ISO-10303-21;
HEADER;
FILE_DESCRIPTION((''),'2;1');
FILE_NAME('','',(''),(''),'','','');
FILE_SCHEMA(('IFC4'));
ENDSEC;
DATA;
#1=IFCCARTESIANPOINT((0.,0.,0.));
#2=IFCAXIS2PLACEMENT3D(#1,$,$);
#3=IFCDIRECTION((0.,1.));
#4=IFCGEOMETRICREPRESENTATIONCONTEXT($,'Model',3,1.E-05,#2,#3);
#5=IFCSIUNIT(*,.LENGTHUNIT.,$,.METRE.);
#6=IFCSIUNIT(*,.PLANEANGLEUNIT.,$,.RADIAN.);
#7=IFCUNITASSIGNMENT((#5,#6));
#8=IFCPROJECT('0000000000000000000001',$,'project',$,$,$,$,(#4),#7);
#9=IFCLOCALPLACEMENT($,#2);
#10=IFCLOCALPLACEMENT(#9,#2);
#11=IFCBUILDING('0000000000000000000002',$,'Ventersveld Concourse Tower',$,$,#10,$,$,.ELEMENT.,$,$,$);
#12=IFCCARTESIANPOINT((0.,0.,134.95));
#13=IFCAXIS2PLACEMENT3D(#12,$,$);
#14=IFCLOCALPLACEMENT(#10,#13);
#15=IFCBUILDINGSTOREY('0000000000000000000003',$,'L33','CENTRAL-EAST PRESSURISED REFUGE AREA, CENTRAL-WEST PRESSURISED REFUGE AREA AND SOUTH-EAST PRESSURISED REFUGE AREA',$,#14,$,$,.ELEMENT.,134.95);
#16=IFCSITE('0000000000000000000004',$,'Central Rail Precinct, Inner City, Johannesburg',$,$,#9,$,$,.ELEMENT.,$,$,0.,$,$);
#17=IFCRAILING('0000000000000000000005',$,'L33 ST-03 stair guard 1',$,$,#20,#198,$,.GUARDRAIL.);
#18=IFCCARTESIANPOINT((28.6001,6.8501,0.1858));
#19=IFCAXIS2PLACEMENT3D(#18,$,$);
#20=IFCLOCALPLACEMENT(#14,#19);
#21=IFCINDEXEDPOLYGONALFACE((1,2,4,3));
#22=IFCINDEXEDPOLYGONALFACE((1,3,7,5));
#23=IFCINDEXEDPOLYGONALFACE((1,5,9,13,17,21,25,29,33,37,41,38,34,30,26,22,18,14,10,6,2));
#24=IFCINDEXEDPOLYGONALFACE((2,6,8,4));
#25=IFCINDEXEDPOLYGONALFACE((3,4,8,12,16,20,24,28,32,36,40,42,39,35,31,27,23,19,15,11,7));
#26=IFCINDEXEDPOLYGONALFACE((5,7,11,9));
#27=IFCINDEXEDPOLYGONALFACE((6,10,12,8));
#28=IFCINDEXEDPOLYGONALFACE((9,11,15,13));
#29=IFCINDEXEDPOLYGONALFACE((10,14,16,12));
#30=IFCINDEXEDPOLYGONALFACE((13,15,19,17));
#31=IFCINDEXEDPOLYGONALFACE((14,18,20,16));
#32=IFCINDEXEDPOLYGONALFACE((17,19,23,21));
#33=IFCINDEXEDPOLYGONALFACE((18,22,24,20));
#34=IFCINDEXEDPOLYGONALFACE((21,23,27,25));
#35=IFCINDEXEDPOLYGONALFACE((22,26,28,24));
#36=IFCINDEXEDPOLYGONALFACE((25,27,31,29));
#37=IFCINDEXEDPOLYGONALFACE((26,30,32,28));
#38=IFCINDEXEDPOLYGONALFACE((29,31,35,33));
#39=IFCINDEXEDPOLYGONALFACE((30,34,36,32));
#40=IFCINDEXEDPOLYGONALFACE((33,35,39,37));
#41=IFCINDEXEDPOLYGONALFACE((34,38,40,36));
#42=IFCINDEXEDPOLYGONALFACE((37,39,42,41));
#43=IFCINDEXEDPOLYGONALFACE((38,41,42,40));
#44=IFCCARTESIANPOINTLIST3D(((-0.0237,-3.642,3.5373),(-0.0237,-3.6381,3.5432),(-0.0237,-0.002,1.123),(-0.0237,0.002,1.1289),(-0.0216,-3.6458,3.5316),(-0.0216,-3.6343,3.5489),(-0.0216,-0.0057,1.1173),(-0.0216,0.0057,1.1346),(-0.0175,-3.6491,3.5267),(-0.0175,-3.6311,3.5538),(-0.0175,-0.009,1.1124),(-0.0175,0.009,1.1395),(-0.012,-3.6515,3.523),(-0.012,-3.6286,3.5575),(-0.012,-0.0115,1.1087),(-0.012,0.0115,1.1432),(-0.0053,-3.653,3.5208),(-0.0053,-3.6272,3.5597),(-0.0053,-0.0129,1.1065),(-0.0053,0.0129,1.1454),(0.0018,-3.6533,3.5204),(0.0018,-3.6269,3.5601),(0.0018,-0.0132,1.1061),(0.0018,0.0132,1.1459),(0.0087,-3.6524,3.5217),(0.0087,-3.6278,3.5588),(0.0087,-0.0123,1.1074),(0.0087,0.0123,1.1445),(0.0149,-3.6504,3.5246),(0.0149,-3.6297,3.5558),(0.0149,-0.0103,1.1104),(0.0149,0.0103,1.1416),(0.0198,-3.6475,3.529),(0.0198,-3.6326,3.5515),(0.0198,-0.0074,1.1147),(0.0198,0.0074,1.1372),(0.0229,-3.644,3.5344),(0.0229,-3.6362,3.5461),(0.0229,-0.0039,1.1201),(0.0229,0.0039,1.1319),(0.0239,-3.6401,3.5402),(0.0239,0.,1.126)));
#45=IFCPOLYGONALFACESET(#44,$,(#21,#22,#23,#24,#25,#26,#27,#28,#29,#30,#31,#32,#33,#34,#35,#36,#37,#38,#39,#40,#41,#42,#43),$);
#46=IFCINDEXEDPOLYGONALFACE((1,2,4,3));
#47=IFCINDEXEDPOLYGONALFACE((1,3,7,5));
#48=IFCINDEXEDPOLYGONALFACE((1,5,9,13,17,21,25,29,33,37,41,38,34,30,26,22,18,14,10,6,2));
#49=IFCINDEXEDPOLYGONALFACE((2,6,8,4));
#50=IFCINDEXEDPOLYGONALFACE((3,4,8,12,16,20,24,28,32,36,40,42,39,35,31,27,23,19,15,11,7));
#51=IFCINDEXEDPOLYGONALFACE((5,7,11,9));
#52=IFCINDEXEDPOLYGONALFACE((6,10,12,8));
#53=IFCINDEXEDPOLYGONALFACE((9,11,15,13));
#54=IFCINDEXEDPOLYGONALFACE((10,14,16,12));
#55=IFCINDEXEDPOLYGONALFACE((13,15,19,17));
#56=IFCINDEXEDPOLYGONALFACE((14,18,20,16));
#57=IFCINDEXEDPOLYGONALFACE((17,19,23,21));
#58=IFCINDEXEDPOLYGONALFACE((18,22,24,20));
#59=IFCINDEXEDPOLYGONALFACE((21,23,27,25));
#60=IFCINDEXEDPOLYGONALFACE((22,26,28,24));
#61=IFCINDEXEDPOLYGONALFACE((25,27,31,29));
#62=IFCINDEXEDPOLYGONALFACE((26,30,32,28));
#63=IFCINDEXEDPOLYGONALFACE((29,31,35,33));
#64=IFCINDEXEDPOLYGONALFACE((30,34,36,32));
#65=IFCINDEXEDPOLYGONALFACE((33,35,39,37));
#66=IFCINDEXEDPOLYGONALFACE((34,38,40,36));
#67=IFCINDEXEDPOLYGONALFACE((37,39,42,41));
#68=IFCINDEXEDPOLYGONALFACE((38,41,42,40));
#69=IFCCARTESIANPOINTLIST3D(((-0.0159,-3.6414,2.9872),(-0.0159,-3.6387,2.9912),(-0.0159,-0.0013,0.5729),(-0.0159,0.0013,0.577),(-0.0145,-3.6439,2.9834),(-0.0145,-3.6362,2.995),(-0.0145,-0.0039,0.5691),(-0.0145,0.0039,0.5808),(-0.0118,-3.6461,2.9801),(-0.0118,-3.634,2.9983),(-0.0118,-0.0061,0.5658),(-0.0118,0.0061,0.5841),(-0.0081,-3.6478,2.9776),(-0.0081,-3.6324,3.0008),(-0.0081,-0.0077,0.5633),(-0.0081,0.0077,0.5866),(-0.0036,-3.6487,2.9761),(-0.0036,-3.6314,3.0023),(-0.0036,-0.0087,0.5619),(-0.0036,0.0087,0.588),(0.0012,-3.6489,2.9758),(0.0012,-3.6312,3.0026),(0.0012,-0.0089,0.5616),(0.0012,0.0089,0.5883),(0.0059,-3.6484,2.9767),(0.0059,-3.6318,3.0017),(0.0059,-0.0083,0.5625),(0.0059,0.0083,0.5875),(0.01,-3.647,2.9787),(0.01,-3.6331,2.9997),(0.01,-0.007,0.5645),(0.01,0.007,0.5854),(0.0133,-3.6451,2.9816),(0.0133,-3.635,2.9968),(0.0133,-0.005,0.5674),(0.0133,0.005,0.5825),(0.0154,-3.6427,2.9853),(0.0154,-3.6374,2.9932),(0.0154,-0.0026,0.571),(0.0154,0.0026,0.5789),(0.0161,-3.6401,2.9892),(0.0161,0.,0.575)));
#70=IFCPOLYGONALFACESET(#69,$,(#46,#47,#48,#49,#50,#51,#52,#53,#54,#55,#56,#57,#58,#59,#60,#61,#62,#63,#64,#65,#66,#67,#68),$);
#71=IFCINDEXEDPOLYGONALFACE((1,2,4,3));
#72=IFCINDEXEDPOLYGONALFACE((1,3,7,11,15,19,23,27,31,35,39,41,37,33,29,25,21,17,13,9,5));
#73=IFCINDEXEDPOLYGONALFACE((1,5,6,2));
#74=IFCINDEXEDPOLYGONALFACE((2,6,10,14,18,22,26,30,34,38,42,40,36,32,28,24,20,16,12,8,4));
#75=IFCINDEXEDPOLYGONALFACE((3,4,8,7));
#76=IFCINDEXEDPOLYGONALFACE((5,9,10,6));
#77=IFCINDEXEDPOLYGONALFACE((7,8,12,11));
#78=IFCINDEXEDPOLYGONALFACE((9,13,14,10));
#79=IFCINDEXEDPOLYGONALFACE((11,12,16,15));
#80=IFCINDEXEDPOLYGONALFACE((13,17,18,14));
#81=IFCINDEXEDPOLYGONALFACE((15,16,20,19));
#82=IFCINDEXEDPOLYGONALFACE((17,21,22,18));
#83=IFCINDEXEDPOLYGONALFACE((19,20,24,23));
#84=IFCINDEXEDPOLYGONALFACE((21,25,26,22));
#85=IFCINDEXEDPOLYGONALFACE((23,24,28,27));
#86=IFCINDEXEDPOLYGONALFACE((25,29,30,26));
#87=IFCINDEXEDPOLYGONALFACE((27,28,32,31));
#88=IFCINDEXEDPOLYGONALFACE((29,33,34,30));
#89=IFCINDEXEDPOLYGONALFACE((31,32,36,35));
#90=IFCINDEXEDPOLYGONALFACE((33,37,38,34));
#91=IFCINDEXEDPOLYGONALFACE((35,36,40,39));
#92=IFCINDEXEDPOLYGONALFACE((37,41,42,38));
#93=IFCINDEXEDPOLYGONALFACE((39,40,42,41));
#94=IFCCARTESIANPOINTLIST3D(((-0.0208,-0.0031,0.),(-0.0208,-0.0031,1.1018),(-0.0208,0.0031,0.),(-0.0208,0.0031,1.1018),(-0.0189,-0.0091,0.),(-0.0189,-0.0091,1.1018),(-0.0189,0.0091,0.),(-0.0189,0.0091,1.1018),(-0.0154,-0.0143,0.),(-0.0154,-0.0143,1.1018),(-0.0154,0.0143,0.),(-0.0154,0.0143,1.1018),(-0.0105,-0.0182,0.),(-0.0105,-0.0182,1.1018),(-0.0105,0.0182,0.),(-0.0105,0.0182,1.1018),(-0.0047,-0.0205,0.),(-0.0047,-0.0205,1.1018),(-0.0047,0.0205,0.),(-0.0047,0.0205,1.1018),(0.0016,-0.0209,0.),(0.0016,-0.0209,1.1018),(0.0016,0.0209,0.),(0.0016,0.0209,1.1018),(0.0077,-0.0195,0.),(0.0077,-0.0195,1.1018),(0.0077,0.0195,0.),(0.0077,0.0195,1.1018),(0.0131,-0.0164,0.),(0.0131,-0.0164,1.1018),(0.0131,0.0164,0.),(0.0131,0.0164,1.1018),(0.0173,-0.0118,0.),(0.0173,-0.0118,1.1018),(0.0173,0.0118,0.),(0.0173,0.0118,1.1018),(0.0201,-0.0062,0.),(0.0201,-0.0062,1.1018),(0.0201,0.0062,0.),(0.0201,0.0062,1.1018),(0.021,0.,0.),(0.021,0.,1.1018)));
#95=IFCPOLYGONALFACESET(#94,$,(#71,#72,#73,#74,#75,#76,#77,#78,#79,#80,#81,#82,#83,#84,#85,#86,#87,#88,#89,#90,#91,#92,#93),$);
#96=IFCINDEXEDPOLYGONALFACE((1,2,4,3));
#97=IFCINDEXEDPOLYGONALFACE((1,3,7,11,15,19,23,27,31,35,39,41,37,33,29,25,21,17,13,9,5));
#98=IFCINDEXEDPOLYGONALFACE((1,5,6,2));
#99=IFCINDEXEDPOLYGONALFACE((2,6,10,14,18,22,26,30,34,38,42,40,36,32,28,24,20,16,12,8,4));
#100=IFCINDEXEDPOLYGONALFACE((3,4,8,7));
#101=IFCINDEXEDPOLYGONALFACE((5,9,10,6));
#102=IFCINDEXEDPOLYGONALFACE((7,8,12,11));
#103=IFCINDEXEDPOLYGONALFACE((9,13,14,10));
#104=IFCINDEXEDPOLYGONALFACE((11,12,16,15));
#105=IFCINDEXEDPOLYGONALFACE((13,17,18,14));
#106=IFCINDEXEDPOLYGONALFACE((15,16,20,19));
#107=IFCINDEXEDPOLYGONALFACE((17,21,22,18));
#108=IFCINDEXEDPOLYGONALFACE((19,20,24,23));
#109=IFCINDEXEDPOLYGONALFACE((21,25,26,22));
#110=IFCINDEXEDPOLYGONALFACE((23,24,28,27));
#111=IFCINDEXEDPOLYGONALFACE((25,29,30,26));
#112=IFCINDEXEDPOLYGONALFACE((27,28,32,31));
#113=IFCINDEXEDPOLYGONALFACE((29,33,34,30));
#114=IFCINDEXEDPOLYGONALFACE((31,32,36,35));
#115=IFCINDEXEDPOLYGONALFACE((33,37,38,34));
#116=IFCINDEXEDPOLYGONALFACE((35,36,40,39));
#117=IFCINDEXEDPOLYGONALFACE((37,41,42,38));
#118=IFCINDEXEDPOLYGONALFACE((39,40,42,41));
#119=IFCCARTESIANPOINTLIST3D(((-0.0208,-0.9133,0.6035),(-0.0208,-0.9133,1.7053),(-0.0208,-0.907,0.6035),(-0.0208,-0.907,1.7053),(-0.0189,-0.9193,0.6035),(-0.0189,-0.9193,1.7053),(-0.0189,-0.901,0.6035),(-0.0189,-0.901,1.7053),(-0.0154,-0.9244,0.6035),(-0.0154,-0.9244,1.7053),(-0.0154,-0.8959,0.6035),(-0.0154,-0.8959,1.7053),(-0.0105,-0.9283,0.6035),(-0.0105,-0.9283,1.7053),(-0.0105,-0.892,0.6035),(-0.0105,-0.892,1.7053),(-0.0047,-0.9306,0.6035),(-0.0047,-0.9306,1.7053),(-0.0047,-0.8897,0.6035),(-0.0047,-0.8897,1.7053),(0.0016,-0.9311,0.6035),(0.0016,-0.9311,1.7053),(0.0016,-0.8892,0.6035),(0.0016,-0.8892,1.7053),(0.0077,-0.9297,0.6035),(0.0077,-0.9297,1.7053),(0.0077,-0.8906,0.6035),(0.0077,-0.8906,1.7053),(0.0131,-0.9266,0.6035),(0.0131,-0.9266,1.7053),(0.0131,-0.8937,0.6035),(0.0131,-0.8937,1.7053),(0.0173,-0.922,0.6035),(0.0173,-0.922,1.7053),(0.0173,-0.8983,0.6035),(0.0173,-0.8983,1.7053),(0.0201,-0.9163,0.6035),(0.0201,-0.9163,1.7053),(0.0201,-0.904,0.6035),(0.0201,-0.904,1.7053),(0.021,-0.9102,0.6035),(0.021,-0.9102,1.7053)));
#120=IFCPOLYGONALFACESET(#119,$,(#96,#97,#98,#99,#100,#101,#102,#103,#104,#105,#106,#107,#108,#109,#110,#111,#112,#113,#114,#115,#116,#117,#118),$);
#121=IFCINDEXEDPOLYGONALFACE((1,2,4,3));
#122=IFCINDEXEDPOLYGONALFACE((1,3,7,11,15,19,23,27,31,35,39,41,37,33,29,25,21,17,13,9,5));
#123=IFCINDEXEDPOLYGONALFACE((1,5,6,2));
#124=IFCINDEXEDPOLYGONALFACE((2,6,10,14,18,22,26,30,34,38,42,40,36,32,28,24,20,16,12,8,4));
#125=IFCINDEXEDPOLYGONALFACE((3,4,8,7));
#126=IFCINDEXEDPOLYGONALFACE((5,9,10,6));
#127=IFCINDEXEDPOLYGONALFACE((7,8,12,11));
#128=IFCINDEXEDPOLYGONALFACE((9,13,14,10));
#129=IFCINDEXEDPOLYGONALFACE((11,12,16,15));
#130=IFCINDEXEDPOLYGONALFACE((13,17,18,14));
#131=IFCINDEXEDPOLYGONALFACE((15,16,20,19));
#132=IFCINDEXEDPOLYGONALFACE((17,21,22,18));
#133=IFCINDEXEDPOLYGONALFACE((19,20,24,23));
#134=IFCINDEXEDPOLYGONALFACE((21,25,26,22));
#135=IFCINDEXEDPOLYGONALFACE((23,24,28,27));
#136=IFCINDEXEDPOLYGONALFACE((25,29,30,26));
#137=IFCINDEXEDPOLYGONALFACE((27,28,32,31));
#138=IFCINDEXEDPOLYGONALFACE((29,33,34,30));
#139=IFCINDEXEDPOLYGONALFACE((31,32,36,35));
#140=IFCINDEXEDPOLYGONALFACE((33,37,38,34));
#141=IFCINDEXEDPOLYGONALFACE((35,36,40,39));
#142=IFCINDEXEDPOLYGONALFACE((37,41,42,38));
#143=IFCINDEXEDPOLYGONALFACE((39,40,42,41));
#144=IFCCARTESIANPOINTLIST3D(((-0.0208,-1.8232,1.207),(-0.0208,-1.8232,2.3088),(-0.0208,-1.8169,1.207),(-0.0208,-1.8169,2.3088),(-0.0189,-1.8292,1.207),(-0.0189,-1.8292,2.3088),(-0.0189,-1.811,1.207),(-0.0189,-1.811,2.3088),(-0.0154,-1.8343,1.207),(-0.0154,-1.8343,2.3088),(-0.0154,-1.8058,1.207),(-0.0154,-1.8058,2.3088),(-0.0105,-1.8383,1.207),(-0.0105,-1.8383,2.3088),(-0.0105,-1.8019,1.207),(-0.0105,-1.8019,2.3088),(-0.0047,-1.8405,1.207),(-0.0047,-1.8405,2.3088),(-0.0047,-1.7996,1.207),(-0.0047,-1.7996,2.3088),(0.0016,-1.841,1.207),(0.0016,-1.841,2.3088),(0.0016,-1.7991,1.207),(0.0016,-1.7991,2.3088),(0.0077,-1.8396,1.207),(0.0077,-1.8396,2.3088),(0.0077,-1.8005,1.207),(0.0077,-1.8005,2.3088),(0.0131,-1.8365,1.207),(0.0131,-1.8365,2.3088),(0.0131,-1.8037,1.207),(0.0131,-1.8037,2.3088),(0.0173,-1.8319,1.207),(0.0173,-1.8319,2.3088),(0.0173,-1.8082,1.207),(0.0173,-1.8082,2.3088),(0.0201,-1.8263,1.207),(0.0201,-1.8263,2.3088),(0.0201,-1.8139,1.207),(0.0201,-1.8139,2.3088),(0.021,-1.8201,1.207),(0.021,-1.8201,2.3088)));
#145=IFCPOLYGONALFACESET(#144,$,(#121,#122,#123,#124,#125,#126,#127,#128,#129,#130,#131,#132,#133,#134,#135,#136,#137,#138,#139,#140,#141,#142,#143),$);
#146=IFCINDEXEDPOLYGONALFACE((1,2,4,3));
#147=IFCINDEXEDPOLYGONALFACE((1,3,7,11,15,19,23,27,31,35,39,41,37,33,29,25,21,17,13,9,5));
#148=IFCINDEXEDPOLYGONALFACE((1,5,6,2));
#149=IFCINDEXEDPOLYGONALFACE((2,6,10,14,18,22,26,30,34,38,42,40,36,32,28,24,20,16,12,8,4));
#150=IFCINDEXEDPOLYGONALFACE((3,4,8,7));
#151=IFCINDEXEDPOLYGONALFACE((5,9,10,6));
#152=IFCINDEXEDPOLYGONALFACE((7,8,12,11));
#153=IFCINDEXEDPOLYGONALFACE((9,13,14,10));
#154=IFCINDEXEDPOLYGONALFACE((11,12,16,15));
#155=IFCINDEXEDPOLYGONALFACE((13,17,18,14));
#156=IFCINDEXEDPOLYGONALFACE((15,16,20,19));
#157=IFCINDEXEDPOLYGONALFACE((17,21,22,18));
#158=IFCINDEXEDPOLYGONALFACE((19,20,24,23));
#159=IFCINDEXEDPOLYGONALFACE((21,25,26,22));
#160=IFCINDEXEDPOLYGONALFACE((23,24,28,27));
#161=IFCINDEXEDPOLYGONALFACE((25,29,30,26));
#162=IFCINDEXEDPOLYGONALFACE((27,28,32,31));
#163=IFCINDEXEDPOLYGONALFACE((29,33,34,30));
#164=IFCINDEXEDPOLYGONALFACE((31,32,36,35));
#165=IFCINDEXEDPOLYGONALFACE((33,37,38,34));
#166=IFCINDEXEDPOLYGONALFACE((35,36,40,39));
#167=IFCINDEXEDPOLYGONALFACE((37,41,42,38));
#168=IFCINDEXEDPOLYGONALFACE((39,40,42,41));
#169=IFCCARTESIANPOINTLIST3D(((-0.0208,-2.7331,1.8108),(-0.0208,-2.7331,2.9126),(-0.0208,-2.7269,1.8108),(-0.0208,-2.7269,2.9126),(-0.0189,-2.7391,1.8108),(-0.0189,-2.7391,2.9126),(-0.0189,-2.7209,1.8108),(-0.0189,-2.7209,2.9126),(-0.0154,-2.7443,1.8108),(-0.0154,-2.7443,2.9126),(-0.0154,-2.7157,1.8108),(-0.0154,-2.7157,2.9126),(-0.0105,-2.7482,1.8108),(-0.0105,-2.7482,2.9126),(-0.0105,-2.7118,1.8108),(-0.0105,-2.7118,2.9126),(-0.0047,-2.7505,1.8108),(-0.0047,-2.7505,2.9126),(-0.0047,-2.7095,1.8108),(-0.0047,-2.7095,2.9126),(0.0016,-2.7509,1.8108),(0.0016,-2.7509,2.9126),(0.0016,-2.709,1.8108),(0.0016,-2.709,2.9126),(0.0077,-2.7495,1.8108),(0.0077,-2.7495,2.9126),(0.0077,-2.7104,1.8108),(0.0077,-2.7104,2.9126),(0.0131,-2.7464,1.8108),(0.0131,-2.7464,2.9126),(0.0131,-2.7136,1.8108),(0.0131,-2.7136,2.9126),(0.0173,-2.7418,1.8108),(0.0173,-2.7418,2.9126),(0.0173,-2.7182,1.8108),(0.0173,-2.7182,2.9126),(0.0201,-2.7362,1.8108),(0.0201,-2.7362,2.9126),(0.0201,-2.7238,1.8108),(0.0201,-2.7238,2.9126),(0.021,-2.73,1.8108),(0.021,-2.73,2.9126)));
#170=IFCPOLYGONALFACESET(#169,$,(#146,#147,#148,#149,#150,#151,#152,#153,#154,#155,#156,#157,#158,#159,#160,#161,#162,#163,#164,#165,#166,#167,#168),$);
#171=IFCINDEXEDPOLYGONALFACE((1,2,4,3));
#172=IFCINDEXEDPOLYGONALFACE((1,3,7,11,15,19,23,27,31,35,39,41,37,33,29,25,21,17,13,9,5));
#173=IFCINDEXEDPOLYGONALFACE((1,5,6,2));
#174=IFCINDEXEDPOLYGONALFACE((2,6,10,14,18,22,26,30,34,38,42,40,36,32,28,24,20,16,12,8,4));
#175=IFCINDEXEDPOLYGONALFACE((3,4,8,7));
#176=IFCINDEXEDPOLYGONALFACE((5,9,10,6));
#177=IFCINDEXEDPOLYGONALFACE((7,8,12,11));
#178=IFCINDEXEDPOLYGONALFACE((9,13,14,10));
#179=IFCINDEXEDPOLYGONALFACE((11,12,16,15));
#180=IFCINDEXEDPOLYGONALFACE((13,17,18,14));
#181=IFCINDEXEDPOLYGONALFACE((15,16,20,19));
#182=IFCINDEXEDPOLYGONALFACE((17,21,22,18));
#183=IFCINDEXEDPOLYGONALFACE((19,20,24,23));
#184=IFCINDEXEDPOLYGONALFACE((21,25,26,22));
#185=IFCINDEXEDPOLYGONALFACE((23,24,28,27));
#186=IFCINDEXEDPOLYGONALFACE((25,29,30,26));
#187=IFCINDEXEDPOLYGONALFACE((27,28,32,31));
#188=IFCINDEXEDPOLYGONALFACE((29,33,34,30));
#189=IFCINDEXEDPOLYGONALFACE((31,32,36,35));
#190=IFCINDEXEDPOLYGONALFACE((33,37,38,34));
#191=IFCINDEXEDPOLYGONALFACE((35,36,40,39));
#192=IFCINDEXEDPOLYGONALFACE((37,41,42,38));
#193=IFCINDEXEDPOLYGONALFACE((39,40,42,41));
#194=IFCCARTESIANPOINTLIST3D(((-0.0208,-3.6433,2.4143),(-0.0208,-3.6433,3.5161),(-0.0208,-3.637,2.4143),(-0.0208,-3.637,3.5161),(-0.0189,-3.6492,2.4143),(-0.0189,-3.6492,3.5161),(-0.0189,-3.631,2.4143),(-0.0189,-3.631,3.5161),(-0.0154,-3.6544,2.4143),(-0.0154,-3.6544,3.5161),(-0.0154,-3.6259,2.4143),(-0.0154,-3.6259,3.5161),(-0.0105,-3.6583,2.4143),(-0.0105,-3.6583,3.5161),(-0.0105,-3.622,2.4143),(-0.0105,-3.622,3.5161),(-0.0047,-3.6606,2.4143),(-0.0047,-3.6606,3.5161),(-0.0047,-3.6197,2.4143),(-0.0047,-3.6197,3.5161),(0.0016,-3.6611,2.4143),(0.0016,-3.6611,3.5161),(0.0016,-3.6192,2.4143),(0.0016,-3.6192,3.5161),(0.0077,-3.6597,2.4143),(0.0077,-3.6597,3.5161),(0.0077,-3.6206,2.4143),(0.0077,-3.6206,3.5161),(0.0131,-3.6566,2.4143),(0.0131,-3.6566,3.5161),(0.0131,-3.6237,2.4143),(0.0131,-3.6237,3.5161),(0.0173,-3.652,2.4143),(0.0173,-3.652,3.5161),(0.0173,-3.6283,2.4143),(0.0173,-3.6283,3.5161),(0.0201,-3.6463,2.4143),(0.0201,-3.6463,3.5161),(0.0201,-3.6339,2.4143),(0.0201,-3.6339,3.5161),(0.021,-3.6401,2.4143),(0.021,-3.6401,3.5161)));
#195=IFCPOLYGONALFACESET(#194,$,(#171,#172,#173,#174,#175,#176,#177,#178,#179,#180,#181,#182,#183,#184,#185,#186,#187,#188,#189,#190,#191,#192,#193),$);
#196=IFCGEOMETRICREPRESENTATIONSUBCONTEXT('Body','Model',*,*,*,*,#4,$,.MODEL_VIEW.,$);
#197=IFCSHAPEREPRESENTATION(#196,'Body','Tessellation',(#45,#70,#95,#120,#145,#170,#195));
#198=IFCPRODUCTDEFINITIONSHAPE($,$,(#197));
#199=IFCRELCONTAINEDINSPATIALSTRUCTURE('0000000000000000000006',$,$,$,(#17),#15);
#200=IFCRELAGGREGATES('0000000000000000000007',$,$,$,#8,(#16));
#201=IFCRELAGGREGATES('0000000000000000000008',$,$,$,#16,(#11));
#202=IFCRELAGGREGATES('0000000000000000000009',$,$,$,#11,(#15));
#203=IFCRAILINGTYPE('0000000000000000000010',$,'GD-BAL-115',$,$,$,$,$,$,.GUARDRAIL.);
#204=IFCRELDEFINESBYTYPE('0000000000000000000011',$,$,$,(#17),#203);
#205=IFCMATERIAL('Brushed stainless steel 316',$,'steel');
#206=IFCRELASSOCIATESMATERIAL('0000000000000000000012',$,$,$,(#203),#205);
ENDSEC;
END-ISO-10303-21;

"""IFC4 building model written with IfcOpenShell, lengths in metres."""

from ifc_helpers import new_model, si_unit, direction, frame, origin, origin_2d, place, context, subcontext, project, spatial, circle, extrude, material, type_object, element, save


model = new_model("IFC4")

# Units and contexts
model_context = context("Model", 3, precision=1e-05, world=origin(), true_north=direction((0.0, 1.0)))
body_context = subcontext(model_context, "Body", "Model", "MODEL_VIEW")
ifc_project = project(units=[si_unit("LENGTHUNIT", "METRE"), si_unit("PLANEANGLEUNIT", "RADIAN")], contexts=[model_context])

# Site, building, storey
site_placement = place(None, origin())
site = spatial("IfcSite", under=ifc_project, at=site_placement, Name="Central Rail Precinct, Inner City, Johannesburg", CompositionType="ELEMENT", RefElevation=0.0)
building_placement = place(site_placement, origin())
building = spatial("IfcBuilding", under=site, at=building_placement, Name="Ventersveld Concourse Tower", CompositionType="ELEMENT")
storey_placement = place(building_placement, frame((0.0, 0.0, 134.95)))
storey = spatial("IfcBuildingStorey", under=building, at=storey_placement, Name="L33", Description="CENTRAL-EAST PRESSURISED REFUGE AREA, CENTRAL-WEST PRESSURISED REFUGE AREA AND SOUTH-EAST PRESSURISED REFUGE AREA", CompositionType="ELEMENT", Elevation=134.95)

# Shared definitions
ifc_material_1 = material(Name="Brushed stainless steel 316", Category="steel")

# Railing
railing_type_1 = type_object("IfcRailingType", Name="GD-BAL-115", PredefinedType="GUARDRAIL", material=ifc_material_1)
railing_1_placement = place(storey_placement, frame((28.6001, 6.8501, 0.1858)))
element("IfcRailing", 1, at=railing_1_placement, inside=storey, type_object=railing_type_1, Name="L33 ST-03 stair guard 1", PredefinedType="GUARDRAIL", context=body_context, shape_type="SweptSolid", body=[
    extrude(circle(Radius=0.0239, at=origin_2d()), frame((0.0, 0.0, 1.126), z_axis=(0.0, -0.833364, 0.552725), x_axis=(1.0, 0.0, 0.0)), (0.0, 0.0, 1.0), 4.3679),
    extrude(circle(Radius=0.0161, at=origin_2d()), frame((0.0, 0.0, 0.575), z_axis=(0.0, -0.833364, 0.552725), x_axis=(1.0, 0.0, 0.0)), (0.0, 0.0, 1.0), 4.3679),
    extrude(circle(Radius=0.021, at=origin_2d()), origin(), (0.0, 0.0, 1.0), 1.1018),
    extrude(circle(Radius=0.021, at=origin_2d()), frame((0.0, -0.9102, 0.6035)), (0.0, 0.0, 1.0), 1.1018),
    extrude(circle(Radius=0.021, at=origin_2d()), frame((0.0, -1.8201, 1.207)), (0.0, 0.0, 1.0), 1.1018),
    extrude(circle(Radius=0.021, at=origin_2d()), frame((0.0, -2.73, 1.8108)), (0.0, 0.0, 1.0), 1.1018),
    extrude(circle(Radius=0.021, at=origin_2d()), frame((0.0, -3.6401, 2.4143)), (0.0, 0.0, 1.0), 1.1018),
])

save(model, "model.ifc")
